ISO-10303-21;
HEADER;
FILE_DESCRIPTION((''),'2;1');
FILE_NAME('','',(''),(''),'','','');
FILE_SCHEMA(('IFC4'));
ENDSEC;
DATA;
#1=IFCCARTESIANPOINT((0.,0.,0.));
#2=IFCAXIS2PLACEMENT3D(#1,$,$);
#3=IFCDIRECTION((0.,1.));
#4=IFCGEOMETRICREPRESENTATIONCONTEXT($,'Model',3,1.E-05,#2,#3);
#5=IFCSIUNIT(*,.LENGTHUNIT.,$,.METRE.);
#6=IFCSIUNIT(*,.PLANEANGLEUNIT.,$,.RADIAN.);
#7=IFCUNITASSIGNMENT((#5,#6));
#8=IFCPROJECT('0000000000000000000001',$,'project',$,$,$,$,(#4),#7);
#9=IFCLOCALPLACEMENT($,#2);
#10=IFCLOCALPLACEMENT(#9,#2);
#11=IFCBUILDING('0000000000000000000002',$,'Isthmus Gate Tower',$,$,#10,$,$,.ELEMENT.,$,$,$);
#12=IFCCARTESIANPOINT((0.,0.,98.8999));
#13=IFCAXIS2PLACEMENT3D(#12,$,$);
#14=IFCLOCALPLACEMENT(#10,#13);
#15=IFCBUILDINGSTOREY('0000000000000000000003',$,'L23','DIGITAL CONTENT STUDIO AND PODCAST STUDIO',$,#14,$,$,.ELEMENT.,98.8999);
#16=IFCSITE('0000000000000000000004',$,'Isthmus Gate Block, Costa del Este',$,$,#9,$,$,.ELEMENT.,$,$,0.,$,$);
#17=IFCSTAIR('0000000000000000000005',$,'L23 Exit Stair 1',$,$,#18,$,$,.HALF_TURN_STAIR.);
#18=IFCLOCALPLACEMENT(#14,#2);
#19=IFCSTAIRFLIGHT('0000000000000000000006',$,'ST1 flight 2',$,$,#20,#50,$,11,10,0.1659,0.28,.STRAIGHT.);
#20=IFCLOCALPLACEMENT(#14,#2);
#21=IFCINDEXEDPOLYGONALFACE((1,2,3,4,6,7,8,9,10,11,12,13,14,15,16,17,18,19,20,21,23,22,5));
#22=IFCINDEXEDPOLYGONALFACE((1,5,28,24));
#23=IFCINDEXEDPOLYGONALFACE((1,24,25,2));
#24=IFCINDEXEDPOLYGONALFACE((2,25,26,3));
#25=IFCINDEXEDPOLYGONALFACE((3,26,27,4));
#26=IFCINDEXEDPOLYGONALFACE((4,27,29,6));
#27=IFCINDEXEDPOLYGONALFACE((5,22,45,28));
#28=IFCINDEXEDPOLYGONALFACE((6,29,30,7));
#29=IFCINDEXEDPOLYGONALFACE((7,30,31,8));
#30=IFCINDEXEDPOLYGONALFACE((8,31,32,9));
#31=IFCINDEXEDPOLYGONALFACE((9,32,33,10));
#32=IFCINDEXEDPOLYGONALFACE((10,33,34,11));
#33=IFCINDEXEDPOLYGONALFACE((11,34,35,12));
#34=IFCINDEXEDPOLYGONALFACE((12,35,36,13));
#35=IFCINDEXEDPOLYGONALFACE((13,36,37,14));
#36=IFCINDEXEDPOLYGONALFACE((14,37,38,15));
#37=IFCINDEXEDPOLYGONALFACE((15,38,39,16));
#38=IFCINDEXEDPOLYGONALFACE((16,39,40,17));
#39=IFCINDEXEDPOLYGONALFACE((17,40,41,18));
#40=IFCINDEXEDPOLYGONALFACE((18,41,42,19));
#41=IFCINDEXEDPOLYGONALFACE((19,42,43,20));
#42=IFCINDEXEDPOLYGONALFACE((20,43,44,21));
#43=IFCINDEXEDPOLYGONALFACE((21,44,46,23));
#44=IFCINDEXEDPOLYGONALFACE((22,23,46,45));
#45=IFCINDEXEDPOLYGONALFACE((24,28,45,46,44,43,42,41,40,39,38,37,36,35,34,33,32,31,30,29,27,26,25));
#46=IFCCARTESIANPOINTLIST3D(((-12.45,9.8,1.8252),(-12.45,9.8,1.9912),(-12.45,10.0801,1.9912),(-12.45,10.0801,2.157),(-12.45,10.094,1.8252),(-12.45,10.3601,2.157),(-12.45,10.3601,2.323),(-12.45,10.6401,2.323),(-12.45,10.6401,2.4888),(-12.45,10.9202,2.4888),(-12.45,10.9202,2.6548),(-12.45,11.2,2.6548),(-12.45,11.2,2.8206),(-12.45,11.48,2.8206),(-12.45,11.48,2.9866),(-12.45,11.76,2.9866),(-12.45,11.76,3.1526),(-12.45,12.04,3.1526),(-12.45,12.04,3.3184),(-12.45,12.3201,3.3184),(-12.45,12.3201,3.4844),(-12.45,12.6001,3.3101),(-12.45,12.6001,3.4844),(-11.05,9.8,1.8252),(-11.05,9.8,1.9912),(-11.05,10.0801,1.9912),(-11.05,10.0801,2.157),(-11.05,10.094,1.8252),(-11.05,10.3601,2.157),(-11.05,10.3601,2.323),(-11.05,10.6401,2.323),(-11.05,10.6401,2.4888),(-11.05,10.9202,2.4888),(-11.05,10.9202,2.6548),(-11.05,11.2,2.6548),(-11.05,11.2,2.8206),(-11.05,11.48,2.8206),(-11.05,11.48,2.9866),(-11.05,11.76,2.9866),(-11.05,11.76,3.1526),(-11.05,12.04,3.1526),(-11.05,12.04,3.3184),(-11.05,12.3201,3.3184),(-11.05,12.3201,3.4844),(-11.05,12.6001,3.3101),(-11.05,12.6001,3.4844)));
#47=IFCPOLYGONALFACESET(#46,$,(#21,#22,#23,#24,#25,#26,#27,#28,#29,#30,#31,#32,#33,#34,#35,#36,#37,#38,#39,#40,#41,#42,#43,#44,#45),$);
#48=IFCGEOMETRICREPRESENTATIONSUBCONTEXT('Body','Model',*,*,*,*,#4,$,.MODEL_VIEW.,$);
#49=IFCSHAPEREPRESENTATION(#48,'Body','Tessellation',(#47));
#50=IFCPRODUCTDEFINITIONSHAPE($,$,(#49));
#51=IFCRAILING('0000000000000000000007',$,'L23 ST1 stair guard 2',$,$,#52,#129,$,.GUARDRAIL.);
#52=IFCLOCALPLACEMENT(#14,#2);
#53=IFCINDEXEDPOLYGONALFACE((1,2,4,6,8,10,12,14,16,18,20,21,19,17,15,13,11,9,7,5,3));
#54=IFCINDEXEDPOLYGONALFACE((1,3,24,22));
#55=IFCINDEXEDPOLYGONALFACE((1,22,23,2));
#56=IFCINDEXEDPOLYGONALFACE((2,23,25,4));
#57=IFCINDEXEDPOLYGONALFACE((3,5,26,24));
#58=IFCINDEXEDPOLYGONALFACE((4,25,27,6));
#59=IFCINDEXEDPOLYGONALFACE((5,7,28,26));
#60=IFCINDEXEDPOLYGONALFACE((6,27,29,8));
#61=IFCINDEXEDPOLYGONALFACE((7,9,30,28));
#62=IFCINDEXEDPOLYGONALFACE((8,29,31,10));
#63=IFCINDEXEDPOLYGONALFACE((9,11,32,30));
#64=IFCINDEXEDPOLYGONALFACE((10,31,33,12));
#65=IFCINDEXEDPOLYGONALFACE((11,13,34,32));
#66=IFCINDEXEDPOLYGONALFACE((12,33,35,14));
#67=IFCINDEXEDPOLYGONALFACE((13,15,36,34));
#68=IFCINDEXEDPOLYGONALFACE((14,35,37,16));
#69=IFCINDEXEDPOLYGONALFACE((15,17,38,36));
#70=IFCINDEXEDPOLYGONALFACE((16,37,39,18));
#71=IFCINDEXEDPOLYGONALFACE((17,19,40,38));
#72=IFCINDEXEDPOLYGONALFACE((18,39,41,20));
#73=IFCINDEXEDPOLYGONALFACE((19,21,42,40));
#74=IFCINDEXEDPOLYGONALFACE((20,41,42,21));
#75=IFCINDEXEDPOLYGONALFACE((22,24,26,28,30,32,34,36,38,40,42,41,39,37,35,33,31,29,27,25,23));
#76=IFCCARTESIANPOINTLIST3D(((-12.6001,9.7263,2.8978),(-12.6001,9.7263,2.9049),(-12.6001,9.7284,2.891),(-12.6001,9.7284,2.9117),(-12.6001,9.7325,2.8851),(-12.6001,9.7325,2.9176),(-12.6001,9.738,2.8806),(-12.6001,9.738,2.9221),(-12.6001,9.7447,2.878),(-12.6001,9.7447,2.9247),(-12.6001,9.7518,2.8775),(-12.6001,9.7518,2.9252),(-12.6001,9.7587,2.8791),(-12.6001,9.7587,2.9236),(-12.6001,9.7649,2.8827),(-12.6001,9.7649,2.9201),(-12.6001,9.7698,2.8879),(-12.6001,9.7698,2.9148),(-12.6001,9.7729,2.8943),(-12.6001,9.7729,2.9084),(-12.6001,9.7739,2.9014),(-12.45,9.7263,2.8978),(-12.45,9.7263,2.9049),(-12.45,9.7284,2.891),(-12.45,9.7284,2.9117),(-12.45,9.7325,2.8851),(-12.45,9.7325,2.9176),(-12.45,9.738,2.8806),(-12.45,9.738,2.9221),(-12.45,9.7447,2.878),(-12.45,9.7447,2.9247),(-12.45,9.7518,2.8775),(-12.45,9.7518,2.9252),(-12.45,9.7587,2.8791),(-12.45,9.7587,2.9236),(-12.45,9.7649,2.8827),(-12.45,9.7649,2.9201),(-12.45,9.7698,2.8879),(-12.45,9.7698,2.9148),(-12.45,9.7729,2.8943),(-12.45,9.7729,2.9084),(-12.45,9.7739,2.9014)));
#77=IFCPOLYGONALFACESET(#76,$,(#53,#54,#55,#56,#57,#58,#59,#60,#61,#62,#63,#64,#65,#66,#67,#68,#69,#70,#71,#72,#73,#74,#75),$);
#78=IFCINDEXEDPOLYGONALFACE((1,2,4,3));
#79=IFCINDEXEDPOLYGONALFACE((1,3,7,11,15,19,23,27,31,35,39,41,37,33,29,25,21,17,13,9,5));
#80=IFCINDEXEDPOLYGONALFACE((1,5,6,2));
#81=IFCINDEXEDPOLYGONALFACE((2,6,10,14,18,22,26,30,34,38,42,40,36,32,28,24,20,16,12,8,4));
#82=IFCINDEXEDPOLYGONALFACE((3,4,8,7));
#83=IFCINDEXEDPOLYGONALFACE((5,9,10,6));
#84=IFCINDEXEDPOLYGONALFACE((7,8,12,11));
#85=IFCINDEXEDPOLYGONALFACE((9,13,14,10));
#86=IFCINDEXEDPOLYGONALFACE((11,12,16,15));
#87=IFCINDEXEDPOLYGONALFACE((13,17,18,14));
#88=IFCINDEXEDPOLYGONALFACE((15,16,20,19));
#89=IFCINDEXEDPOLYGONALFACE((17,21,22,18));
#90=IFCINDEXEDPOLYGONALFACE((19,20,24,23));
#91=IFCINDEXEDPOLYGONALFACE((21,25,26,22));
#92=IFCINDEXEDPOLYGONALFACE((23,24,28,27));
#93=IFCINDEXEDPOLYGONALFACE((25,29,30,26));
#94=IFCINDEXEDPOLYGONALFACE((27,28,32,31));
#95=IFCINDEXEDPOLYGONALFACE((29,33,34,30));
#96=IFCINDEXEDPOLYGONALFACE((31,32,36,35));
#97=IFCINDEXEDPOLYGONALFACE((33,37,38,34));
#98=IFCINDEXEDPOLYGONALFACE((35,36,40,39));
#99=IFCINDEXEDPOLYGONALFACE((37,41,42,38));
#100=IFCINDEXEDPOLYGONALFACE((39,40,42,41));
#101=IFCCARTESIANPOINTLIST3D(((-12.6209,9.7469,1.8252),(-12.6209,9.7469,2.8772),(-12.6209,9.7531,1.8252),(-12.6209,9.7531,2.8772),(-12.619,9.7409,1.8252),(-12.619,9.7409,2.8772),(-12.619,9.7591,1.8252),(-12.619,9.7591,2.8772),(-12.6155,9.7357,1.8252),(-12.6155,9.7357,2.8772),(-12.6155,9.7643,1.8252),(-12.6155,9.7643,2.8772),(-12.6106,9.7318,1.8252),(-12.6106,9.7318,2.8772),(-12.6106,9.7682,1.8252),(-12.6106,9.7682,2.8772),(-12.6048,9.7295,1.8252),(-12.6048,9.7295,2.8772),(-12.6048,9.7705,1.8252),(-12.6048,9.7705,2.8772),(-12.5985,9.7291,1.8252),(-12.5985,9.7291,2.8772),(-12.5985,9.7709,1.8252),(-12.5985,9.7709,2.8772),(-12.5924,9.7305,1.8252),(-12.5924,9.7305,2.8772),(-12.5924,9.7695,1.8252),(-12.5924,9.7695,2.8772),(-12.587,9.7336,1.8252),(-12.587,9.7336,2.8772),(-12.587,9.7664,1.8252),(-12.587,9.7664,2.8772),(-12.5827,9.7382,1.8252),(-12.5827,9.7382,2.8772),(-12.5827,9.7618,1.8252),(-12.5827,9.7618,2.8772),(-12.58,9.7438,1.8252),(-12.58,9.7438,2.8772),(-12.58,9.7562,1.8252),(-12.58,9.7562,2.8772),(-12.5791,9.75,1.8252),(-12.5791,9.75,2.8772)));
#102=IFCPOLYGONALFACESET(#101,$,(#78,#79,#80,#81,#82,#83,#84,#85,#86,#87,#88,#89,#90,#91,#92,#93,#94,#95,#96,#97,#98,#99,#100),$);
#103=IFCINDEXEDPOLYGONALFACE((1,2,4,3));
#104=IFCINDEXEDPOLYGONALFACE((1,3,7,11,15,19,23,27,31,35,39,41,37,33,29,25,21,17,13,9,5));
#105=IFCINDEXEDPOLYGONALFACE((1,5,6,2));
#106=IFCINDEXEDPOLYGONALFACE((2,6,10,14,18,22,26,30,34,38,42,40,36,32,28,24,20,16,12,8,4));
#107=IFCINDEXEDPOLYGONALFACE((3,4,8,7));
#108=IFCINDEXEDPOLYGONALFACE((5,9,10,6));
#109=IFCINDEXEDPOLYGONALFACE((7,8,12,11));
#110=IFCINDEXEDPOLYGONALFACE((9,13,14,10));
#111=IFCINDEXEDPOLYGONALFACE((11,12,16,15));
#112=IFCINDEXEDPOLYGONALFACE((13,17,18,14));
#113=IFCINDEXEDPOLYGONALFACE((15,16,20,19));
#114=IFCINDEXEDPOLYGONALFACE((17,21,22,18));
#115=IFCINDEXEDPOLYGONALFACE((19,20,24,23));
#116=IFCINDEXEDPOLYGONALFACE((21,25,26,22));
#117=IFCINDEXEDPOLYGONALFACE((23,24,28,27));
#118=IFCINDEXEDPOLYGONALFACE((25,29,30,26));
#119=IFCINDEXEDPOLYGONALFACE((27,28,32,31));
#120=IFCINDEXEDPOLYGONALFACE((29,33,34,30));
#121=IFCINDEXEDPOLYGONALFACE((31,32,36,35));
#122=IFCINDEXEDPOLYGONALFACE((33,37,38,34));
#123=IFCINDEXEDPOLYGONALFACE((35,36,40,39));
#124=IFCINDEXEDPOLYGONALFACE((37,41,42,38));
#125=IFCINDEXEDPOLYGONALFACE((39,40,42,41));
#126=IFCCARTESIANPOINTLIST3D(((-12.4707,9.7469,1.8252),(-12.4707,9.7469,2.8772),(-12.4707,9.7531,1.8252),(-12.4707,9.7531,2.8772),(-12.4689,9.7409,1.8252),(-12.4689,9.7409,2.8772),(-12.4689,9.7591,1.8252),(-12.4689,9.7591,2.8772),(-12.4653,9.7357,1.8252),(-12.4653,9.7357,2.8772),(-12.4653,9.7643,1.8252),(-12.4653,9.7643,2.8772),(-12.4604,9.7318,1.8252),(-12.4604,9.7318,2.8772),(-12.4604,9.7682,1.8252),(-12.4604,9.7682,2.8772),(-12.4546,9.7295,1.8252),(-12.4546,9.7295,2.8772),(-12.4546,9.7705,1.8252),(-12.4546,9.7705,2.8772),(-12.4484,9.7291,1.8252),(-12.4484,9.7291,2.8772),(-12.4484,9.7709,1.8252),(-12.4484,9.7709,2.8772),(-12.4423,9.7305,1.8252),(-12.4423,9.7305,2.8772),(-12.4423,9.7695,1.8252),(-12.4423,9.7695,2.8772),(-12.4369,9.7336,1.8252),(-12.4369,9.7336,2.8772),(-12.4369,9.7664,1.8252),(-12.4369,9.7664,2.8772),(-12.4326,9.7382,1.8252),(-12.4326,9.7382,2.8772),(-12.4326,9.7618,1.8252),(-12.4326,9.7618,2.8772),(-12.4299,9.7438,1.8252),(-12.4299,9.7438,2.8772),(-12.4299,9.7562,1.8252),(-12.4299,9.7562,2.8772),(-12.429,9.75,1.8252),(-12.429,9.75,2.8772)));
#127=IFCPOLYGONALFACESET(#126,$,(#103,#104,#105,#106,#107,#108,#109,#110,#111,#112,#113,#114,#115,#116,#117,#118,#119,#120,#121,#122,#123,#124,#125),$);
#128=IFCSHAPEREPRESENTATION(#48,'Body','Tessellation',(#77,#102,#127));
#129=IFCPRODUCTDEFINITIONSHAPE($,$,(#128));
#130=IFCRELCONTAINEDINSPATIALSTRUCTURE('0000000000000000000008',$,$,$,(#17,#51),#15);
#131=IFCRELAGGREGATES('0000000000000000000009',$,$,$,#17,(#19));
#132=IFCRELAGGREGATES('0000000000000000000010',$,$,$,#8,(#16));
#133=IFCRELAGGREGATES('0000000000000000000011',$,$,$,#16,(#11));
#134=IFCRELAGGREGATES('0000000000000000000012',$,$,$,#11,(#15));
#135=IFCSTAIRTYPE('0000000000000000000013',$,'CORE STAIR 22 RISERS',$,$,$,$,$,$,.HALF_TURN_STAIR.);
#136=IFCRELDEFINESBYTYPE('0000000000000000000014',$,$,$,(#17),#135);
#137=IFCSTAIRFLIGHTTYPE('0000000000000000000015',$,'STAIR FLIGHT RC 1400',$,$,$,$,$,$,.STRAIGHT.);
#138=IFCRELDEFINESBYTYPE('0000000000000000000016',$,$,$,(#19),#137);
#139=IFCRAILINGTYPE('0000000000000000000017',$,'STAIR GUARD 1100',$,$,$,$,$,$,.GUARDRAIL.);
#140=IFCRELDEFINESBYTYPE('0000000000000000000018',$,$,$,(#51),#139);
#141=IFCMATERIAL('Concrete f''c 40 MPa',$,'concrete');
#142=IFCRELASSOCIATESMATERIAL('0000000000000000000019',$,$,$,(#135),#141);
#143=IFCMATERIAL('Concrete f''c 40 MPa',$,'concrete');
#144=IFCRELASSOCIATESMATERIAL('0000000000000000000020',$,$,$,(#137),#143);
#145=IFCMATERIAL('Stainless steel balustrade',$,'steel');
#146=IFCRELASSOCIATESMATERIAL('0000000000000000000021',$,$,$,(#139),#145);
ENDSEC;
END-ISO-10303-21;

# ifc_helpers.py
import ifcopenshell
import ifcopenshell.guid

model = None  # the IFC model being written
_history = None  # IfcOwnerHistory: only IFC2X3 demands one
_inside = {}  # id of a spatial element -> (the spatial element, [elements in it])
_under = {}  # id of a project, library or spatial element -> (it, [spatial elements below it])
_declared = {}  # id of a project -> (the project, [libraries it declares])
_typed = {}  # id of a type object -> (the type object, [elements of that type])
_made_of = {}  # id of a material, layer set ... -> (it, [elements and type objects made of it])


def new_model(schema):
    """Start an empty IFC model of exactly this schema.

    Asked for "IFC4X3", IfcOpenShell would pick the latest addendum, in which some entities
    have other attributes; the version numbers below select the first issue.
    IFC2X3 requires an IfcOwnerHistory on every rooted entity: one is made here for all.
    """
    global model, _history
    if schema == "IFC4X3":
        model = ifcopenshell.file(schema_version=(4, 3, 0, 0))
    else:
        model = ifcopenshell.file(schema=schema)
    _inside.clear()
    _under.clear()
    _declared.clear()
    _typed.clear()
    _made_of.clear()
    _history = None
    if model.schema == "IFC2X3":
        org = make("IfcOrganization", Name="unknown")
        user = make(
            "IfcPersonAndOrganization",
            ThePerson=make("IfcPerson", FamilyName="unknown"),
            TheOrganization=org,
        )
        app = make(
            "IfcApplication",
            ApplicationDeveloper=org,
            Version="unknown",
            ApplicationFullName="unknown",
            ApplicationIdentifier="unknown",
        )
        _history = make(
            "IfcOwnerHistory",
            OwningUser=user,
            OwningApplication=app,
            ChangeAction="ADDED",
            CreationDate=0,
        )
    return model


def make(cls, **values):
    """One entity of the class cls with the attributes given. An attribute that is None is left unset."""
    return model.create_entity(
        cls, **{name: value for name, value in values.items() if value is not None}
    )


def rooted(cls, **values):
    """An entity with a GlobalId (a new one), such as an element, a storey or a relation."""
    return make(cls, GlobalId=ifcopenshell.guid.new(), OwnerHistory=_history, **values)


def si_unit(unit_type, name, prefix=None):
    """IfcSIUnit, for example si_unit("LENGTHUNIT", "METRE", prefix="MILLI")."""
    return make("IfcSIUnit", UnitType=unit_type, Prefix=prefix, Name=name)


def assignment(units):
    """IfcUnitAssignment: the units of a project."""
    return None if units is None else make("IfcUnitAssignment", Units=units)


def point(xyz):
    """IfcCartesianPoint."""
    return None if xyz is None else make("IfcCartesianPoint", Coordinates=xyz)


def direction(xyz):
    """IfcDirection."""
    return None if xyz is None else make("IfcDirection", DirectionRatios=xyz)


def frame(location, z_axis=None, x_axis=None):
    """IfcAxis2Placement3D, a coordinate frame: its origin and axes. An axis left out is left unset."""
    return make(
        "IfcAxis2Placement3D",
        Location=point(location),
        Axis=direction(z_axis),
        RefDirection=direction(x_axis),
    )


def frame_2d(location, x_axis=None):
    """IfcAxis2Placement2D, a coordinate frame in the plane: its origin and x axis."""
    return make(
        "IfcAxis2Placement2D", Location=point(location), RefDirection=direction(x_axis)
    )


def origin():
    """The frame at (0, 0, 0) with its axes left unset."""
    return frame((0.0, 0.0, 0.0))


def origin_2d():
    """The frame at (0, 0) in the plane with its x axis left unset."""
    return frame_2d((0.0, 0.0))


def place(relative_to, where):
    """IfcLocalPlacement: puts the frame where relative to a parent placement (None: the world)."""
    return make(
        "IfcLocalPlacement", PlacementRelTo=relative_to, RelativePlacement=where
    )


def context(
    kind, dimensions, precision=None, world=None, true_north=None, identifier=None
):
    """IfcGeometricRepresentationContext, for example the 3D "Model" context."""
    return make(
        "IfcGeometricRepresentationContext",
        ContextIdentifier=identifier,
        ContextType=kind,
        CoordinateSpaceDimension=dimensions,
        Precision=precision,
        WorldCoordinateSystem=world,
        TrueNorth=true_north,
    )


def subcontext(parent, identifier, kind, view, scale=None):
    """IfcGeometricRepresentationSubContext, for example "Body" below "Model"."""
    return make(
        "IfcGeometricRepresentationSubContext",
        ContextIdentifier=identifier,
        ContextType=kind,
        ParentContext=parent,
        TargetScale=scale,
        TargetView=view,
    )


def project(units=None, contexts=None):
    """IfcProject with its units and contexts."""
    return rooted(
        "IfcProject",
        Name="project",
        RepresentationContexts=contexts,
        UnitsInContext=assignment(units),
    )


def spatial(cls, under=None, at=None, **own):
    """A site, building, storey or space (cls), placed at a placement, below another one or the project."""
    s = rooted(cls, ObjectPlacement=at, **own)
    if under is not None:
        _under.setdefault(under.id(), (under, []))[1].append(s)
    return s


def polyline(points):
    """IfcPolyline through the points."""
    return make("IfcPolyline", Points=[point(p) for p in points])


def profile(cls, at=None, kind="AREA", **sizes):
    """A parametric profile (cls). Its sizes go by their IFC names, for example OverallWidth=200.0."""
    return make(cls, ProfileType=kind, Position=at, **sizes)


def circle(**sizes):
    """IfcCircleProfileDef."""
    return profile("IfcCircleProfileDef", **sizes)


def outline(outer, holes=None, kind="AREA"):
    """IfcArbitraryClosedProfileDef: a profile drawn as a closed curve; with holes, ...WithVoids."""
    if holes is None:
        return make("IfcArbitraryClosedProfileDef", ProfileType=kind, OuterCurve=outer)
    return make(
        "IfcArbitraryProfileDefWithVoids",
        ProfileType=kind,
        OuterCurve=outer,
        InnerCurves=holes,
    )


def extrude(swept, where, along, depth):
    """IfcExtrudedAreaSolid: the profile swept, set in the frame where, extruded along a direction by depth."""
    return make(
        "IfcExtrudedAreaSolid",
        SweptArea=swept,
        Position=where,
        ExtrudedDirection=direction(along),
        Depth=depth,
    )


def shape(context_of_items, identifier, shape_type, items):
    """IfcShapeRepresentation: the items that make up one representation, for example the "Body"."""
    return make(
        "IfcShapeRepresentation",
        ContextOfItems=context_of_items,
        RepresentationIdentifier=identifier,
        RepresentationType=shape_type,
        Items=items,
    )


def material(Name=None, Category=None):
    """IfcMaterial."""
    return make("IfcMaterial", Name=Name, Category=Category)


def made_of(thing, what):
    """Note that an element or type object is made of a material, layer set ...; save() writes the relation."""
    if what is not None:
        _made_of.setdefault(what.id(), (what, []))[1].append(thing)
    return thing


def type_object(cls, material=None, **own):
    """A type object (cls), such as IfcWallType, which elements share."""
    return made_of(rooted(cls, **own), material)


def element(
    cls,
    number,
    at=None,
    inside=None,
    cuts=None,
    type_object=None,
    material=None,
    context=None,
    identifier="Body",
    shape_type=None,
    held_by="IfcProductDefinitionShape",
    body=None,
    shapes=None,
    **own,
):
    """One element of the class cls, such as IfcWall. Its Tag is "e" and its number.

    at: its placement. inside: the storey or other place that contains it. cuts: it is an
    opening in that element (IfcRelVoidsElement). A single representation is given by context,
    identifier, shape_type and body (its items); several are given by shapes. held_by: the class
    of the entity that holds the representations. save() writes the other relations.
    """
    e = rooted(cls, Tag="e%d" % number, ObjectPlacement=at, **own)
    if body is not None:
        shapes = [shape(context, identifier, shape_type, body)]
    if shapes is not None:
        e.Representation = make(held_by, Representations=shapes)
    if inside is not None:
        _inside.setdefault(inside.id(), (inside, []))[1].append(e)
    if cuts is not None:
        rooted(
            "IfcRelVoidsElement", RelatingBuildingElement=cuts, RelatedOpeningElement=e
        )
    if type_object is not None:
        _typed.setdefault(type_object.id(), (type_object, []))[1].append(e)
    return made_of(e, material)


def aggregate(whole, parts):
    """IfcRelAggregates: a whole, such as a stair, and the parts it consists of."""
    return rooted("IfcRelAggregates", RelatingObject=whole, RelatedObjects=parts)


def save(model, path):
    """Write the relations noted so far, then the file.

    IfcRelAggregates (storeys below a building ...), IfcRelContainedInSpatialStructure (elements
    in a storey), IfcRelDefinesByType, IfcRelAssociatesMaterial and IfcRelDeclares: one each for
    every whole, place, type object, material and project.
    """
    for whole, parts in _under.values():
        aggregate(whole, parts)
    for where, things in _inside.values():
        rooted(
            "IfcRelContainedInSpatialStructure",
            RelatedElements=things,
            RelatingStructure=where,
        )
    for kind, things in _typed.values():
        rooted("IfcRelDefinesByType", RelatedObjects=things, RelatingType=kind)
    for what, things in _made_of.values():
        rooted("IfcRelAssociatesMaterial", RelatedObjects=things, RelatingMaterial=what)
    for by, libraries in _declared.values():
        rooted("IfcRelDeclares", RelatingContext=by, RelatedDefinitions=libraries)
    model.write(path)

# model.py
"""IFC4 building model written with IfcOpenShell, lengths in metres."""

from ifc_helpers import new_model, si_unit, direction, frame, origin, origin_2d, place, context, subcontext, project, spatial, polyline, circle, outline, extrude, material, type_object, element, aggregate, save


model = new_model("IFC4")

# Units and contexts
model_context = context("Model", 3, precision=1e-05, world=origin(), true_north=direction((0.0, 1.0)))
body_context = subcontext(model_context, "Body", "Model", "MODEL_VIEW")
ifc_project = project(units=[si_unit("LENGTHUNIT", "METRE"), si_unit("PLANEANGLEUNIT", "RADIAN")], contexts=[model_context])

# Site, building, storey
site_placement = place(None, origin())
site = spatial("IfcSite", under=ifc_project, at=site_placement, Name="Isthmus Gate Block, Costa del Este", CompositionType="ELEMENT", RefElevation=0.0)
building_placement = place(site_placement, origin())
building = spatial("IfcBuilding", under=site, at=building_placement, Name="Isthmus Gate Tower", CompositionType="ELEMENT")
storey_placement = place(building_placement, frame((0.0, 0.0, 98.8999)))
storey = spatial("IfcBuildingStorey", under=building, at=storey_placement, Name="L23", Description="DIGITAL CONTENT STUDIO AND PODCAST STUDIO", CompositionType="ELEMENT", Elevation=98.8999)

# Stair, stair flight
ifc_material_1 = material(Name="Concrete f'c 40 MPa", Category="concrete")
stair_type = type_object("IfcStairType", Name="CORE STAIR 22 RISERS", PredefinedType="HALF_TURN_STAIR", material=ifc_material_1)
stair_placement = place(storey_placement, origin())
stair = element("IfcStair", 1, at=stair_placement, inside=storey, type_object=stair_type, Name="L23 Exit Stair 1", PredefinedType="HALF_TURN_STAIR")
ifc_material_2 = material(Name="Concrete f'c 40 MPa", Category="concrete")
stair_flight_type = type_object("IfcStairFlightType", Name="STAIR FLIGHT RC 1400", PredefinedType="STRAIGHT", material=ifc_material_2)
stair_flight_placement = place(storey_placement, frame((-11.75, 9.8, 1.8252), z_axis=(0.0, 0.0, 1.0), x_axis=(0.0, 1.0, 0.0)))
stair_flight = element("IfcStairFlight", 2, at=stair_flight_placement, type_object=stair_flight_type, Name="ST1 flight 2", NumberOfRisers=11, NumberOfTreads=10, PredefinedType="STRAIGHT", RiserHeight=0.1659, TreadLength=0.28, context=body_context, shape_type="SweptSolid", body=[
    extrude(outline(polyline([(0.0, 0.0), (0.0, 0.166), (0.28, 0.166), (0.28, 0.3318), (0.5601, 0.3318), (0.5601, 0.4978), (0.8401, 0.4978), (0.8401, 0.6636), (1.1201, 0.6636), (1.1201, 0.8296), (1.3999, 0.8296), (1.3999, 0.9954), (1.6799, 0.9954), (1.6799, 1.1614), (1.96, 1.1614), (1.96, 1.3274), (2.24, 1.3274), (2.24, 1.4932), (2.52, 1.4932), (2.52, 1.6592), (2.8, 1.6592), (2.8, 1.825), (2.8, 1.4849), (0.2939, 0.0), (0.0, 0.0)])), frame((0.0, 0.7, 0.0), z_axis=(0.0, -1.0, 0.0), x_axis=(1.0, 0.0, 0.0)), (0.0, 0.0, 1.0), 1.3999),
])
aggregate(stair, [stair_flight])

# Railing
ifc_material_3 = material(Name="Stainless steel balustrade", Category="steel")
railing_type_1 = type_object("IfcRailingType", Name="STAIR GUARD 1100", PredefinedType="GUARDRAIL", material=ifc_material_3)
railing_1_placement = place(storey_placement, frame((-12.6001, 9.75, 1.8252)))
element("IfcRailing", 3, at=railing_1_placement, inside=storey, type_object=railing_type_1, Name="L23 ST1 stair guard 2", PredefinedType="GUARDRAIL", context=body_context, shape_type="SweptSolid", body=[
    extrude(circle(Radius=0.0239, at=origin_2d()), frame((0.0, 0.0, 1.0762), z_axis=(1.0, 0.0, 0.0), x_axis=(0.0, 1.0, 0.0)), (0.0, 0.0, 1.0), 0.1501),
    extrude(circle(Radius=0.021, at=origin_2d()), origin(), (0.0, 0.0, 1.0), 1.052),
    extrude(circle(Radius=0.021, at=origin_2d()), frame((0.1501, 0.0, 0.0)), (0.0, 0.0, 1.0), 1.052),
])

save(model, "model.ifc")
